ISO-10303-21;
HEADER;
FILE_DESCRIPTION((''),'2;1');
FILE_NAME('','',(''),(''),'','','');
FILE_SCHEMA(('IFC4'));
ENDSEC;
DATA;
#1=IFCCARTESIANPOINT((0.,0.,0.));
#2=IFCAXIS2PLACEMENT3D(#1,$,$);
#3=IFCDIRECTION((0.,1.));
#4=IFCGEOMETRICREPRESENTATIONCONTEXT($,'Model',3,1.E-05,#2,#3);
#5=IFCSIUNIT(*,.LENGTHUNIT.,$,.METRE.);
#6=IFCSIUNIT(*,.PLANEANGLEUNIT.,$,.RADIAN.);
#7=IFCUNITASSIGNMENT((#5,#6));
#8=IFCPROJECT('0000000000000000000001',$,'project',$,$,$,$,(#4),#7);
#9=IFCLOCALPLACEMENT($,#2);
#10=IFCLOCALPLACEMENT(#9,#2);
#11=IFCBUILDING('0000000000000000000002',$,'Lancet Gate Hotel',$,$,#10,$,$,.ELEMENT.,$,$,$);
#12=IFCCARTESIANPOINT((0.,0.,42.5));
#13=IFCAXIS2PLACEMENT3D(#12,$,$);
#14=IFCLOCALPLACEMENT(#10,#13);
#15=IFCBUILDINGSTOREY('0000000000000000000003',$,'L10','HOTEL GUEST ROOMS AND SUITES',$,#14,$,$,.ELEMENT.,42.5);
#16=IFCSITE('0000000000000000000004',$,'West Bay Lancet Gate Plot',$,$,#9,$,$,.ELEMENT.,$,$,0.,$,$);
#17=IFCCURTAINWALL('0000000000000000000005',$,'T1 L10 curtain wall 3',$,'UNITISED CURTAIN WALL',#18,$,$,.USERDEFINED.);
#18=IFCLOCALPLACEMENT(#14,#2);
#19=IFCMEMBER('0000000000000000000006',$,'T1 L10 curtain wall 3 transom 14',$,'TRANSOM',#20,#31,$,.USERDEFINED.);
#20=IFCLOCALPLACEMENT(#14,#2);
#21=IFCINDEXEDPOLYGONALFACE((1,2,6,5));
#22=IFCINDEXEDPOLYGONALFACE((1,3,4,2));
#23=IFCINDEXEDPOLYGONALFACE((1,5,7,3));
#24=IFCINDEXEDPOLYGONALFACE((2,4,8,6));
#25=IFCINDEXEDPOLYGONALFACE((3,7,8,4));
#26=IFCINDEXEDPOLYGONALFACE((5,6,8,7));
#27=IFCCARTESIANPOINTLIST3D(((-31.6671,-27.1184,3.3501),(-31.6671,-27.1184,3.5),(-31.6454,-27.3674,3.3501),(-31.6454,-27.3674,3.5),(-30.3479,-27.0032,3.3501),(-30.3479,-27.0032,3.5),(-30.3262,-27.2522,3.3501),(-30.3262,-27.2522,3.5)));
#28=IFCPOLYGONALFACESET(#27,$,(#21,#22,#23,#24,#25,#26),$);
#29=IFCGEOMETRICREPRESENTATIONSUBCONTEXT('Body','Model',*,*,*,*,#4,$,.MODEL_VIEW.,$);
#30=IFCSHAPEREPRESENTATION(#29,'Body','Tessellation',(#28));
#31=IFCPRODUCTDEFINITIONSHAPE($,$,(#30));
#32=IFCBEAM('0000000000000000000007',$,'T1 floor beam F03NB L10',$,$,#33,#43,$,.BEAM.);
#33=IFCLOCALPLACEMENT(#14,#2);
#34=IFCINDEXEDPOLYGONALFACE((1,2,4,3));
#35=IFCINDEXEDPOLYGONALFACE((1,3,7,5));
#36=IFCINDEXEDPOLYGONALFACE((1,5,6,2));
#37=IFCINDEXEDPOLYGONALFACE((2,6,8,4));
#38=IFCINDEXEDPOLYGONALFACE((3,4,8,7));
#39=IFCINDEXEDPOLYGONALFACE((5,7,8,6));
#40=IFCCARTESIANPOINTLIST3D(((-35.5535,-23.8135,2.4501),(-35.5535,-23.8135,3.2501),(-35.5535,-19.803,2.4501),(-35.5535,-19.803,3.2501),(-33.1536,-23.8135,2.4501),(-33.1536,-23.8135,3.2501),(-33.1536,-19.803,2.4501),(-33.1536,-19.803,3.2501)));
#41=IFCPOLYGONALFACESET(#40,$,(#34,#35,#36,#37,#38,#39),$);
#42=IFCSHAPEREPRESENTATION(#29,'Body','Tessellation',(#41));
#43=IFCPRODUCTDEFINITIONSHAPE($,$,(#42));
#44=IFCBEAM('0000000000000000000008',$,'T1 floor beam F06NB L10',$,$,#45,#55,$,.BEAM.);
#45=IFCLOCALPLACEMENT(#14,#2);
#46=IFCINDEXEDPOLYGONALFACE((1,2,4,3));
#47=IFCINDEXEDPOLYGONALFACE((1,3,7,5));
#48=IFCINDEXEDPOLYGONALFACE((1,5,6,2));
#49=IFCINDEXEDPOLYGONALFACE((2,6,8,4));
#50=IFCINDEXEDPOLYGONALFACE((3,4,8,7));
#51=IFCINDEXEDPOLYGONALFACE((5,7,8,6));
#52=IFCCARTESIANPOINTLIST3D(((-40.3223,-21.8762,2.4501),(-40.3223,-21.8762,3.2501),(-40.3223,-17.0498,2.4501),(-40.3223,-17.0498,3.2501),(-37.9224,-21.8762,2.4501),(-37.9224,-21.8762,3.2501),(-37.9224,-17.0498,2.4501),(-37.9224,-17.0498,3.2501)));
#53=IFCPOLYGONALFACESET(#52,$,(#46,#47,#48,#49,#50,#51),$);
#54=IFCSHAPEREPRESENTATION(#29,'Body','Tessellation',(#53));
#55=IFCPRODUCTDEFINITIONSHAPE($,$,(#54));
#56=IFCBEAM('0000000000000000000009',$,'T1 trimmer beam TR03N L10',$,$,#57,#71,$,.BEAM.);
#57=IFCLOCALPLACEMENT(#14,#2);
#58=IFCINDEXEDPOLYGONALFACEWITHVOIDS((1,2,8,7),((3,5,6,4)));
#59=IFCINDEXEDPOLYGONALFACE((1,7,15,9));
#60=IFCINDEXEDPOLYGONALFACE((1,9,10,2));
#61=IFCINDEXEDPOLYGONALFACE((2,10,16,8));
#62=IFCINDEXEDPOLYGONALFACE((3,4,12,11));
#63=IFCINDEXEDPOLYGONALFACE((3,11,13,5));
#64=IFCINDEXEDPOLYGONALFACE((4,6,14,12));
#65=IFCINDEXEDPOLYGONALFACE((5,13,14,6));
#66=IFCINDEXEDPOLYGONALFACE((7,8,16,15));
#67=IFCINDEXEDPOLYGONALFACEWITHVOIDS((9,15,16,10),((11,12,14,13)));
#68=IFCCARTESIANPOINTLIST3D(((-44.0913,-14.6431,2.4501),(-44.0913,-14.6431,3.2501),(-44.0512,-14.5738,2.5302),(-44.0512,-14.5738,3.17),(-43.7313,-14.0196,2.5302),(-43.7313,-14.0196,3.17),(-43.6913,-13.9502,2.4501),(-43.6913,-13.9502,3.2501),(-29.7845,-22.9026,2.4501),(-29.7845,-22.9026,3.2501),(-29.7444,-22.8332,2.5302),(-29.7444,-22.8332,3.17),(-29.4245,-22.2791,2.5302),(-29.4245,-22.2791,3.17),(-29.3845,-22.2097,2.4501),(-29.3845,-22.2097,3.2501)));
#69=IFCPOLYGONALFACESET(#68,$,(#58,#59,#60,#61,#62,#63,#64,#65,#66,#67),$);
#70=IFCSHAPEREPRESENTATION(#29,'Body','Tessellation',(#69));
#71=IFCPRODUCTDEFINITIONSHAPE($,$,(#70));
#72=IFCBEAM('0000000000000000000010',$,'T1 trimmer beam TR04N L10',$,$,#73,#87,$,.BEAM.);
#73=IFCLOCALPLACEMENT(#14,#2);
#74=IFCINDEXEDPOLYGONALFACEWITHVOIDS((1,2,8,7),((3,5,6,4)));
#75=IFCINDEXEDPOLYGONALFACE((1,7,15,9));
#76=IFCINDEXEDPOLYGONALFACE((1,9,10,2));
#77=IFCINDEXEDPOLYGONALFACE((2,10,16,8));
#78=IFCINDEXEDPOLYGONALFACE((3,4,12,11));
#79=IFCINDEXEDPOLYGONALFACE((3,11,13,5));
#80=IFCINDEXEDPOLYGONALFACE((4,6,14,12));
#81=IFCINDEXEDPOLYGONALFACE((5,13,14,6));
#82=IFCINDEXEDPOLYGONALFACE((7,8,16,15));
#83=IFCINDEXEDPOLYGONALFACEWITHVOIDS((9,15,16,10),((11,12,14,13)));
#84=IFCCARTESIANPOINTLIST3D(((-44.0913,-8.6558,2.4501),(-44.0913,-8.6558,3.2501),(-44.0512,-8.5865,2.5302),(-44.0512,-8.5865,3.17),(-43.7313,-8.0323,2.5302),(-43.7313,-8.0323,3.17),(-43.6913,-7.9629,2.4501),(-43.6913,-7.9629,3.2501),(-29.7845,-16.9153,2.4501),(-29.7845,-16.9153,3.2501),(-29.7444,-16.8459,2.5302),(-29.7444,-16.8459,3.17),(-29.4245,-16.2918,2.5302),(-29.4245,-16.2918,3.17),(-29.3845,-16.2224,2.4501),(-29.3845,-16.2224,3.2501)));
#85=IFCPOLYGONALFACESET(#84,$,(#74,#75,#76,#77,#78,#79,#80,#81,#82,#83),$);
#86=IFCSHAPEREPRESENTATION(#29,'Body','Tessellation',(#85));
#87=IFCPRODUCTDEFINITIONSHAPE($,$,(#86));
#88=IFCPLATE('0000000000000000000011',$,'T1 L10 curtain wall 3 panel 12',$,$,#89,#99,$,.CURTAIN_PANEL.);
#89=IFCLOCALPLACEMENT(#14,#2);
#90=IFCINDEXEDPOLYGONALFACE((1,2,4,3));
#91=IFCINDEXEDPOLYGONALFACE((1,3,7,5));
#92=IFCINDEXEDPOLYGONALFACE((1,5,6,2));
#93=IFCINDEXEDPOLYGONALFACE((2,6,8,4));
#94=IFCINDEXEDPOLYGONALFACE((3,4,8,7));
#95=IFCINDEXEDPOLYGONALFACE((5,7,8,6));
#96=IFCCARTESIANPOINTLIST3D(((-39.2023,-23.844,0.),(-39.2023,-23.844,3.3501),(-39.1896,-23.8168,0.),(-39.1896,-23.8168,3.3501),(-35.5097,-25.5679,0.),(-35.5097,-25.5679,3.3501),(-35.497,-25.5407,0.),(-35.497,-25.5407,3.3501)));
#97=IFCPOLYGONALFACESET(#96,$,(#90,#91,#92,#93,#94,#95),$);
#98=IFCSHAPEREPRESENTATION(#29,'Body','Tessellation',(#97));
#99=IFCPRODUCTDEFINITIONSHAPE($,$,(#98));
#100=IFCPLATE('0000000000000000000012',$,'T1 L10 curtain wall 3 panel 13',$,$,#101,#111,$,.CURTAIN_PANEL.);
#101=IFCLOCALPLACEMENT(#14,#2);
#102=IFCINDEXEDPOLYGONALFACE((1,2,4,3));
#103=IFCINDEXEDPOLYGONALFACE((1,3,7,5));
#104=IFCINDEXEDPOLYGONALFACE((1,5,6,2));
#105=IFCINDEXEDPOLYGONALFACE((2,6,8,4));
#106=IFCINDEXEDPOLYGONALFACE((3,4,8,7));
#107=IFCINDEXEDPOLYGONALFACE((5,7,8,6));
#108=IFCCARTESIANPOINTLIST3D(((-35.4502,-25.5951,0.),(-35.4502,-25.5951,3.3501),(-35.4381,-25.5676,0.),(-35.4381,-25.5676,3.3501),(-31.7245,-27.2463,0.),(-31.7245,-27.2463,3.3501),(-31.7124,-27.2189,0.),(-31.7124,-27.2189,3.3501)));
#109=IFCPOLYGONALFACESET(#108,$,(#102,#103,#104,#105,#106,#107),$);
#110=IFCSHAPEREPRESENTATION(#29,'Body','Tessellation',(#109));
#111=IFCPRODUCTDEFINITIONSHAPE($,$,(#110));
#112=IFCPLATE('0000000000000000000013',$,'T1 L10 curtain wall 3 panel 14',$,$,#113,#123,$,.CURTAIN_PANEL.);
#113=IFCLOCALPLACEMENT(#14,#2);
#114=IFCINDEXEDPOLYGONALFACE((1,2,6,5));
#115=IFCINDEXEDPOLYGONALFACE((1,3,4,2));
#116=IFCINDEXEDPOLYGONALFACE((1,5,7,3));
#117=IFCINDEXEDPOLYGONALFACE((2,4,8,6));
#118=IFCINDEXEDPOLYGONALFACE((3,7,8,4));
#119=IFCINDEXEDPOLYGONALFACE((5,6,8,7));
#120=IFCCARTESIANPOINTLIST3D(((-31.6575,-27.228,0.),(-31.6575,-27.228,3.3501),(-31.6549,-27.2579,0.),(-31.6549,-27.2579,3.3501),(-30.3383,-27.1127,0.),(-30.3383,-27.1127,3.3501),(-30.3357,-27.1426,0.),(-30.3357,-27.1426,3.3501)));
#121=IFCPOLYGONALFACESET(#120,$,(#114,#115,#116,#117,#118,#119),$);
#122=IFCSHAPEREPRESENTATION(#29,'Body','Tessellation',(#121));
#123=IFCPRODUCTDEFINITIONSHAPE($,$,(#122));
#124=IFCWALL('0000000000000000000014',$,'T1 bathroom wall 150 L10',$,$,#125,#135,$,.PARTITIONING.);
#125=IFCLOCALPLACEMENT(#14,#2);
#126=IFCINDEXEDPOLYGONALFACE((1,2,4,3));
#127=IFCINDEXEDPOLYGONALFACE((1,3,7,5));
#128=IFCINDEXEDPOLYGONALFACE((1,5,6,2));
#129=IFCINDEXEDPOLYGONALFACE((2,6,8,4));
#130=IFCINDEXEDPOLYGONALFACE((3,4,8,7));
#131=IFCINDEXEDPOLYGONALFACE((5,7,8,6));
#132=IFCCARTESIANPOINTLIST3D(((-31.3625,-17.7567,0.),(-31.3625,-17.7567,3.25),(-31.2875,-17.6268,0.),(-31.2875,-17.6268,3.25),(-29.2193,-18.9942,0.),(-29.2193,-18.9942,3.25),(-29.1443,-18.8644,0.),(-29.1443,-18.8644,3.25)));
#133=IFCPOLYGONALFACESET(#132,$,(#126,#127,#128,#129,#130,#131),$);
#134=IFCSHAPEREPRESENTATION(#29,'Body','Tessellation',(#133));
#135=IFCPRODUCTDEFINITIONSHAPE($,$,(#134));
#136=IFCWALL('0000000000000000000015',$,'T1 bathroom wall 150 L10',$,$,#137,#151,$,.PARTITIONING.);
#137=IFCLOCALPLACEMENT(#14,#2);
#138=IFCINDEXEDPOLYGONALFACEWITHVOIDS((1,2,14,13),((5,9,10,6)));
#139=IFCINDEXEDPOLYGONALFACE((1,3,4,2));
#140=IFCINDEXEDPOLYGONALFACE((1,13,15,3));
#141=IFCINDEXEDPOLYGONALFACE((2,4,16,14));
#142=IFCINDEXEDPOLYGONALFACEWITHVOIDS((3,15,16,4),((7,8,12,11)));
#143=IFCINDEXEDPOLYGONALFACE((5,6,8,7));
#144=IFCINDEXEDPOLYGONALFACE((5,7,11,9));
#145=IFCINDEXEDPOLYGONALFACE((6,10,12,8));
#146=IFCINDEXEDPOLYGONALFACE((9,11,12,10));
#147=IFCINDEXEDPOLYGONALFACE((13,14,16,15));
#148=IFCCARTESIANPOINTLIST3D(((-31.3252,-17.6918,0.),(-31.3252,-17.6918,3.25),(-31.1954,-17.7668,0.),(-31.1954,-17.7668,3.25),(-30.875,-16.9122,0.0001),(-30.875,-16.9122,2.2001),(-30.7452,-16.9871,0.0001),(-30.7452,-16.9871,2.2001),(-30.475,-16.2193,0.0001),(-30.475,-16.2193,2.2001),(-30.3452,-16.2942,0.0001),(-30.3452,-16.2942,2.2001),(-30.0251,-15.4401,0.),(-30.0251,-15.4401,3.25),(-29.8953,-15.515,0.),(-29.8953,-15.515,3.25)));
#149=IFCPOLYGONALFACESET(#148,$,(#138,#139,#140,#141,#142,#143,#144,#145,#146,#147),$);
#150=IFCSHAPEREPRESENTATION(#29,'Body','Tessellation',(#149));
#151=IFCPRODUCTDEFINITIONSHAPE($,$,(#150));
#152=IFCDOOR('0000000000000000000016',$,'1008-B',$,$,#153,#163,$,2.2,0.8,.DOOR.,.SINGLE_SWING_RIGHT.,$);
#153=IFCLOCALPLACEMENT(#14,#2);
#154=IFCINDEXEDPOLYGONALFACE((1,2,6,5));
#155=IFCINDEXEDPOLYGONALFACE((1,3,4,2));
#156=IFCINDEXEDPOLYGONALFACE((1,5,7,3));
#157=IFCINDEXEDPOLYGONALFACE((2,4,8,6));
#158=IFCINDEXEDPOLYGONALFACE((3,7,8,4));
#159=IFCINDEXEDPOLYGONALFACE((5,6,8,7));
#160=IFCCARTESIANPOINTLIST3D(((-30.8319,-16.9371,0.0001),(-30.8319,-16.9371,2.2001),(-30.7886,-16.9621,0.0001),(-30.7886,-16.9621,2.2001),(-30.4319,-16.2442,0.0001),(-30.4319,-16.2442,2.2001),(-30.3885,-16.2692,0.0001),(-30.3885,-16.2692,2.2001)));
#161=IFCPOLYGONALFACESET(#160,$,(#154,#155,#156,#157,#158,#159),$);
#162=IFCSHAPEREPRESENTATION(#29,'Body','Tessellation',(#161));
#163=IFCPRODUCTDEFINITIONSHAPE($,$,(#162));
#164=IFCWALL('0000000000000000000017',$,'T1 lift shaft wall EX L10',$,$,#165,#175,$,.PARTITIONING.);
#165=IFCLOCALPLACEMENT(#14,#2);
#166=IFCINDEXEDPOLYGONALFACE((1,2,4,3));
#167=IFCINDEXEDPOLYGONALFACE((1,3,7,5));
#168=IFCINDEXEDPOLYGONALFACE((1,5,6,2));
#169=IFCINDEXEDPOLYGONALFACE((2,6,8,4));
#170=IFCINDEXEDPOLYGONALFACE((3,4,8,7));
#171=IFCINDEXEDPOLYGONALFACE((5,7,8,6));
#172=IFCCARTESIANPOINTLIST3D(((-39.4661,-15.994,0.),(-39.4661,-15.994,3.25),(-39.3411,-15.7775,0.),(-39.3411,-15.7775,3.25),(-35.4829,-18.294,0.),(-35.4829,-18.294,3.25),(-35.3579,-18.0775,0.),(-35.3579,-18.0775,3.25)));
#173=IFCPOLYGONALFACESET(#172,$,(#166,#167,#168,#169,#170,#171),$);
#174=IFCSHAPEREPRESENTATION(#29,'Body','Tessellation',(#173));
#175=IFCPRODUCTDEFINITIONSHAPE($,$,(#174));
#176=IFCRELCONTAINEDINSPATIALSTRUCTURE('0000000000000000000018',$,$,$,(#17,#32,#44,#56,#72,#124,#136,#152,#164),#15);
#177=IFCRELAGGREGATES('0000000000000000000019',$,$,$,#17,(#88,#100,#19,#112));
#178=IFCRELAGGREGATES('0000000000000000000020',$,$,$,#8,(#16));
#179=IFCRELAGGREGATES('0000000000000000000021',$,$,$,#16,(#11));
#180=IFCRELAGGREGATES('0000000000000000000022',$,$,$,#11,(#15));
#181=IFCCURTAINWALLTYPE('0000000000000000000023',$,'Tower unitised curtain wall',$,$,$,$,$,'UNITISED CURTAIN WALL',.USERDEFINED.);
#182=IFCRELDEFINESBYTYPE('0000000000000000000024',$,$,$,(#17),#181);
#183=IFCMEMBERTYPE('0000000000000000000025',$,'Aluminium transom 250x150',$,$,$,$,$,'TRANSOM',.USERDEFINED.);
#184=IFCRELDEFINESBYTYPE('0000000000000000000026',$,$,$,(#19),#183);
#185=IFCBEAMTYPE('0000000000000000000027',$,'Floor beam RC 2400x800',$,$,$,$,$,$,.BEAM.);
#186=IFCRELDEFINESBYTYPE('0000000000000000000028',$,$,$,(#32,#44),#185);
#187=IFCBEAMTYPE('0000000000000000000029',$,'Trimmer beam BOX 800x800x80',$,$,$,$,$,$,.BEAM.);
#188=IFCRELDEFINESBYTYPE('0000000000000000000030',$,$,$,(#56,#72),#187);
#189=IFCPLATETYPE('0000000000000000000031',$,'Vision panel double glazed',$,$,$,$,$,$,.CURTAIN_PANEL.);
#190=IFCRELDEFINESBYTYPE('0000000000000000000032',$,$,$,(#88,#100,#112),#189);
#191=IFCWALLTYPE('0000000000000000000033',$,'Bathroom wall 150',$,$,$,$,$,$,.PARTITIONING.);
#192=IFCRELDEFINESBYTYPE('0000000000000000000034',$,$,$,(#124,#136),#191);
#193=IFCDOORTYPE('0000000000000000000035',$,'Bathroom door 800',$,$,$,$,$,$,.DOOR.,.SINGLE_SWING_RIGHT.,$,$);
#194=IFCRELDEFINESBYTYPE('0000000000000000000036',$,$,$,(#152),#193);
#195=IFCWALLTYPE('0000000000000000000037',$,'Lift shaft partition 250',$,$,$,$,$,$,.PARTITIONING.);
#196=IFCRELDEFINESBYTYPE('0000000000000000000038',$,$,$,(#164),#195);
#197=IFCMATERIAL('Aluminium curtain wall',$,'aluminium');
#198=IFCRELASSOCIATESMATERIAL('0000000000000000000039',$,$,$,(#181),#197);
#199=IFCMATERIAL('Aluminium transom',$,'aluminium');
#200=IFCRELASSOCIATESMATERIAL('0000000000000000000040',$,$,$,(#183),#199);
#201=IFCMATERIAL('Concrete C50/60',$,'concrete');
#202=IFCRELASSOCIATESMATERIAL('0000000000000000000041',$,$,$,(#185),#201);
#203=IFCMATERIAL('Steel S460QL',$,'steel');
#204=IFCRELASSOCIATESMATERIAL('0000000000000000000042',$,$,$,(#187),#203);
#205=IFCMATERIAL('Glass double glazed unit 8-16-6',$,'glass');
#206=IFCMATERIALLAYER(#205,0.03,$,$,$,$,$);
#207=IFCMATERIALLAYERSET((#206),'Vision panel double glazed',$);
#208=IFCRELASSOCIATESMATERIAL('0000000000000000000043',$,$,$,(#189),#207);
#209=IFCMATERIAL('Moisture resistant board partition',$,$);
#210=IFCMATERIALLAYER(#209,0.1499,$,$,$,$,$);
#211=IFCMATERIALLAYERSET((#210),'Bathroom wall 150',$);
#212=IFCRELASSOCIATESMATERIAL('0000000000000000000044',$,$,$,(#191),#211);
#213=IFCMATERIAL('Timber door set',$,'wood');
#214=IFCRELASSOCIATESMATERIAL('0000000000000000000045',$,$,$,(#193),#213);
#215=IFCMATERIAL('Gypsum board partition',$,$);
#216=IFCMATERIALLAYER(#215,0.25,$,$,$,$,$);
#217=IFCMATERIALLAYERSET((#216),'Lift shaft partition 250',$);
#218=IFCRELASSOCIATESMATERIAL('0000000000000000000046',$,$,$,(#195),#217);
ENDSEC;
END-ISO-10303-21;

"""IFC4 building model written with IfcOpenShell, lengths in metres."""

from ifc_helpers import new_model, si_unit, direction, frame, frame_2d, origin, origin_2d, place, context, subcontext, project, spatial, rectangle, hollow_rectangle, extrude, material, layer, layer_set, material_profile, profile_set, type_object, element, fill, aggregate, save


model = new_model("IFC4")

# Units and contexts
model_context = context("Model", 3, precision=1e-05, world=origin(), true_north=direction((0.0, 1.0)))
body_context = subcontext(model_context, "Body", "Model", "MODEL_VIEW")
ifc_project = project(units=[si_unit("LENGTHUNIT", "METRE"), si_unit("PLANEANGLEUNIT", "RADIAN")], contexts=[model_context])

# Site, building, storey
site_placement = place(None, origin())
site = spatial("IfcSite", under=ifc_project, at=site_placement, Name="West Bay Lancet Gate Plot", CompositionType="ELEMENT", RefElevation=0.0)
building_placement = place(site_placement, origin())
building = spatial("IfcBuilding", under=site, at=building_placement, Name="Lancet Gate Hotel", CompositionType="ELEMENT")
storey_placement = place(building_placement, frame((0.0, 0.0, 42.5)))
storey = spatial("IfcBuildingStorey", under=building, at=storey_placement, Name="L10", Description="HOTEL GUEST ROOMS AND SUITES", CompositionType="ELEMENT", Elevation=42.5)

# Curtain wall, member
ifc_material_1 = material(Name="Aluminium curtain wall", Category="aluminium")
curtain_wall_type = type_object("IfcCurtainWallType", Name="Tower unitised curtain wall", ElementType="UNITISED CURTAIN WALL", PredefinedType="USERDEFINED", material=ifc_material_1)
curtain_wall_placement = place(storey_placement, origin())
curtain_wall = element("IfcCurtainWall", 1, at=curtain_wall_placement, inside=storey, type_object=curtain_wall_type, Name="T1 L10 curtain wall 3", ObjectType="UNITISED CURTAIN WALL", PredefinedType="USERDEFINED")
ifc_material_2 = material(Name="Aluminium transom", Category="aluminium")
ifc_material_profile_1 = material_profile(ifc_material_2, rectangle(XDim=0.25, YDim=0.1499, at=origin_2d()), Name="TRANSOM 250x150")
ifc_profile_set_1 = profile_set([ifc_material_profile_1], Name="Aluminium transom")
member_type_1 = type_object("IfcMemberType", Name="Aluminium transom 250x150", ElementType="TRANSOM", PredefinedType="USERDEFINED", material=ifc_profile_set_1)
member_1_placement = place(storey_placement, frame((-31.6562, -27.2429, 3.425), z_axis=(0.996206, 0.087027, 0.0), x_axis=(-0.087027, 0.996206, 0.0)))
member_1 = element("IfcMember", 2, at=member_1_placement, type_object=member_type_1, Name="T1 L10 curtain wall 3 transom 14", ObjectType="TRANSOM", PredefinedType="USERDEFINED", context=body_context, shape_type="SweptSolid", body=[
    extrude(rectangle(XDim=0.25, YDim=0.1499, at=origin_2d()), origin(), (0.0, 0.0, 1.0), 1.3242),
])

# Beams
ifc_material_3 = material(Name="Concrete C50/60", Category="concrete")
ifc_material_profile_2 = material_profile(ifc_material_3, rectangle(XDim=2.3999, YDim=0.8, at=origin_2d()), Name="RC 2400x800")
ifc_profile_set_2 = profile_set([ifc_material_profile_2], Name="Concrete C50/60")
beam_type_1 = type_object("IfcBeamType", Name="Floor beam RC 2400x800", PredefinedType="BEAM", material=ifc_profile_set_2)
beam_1_placement = place(storey_placement, frame((-34.3535, -19.803, 2.8501), z_axis=(0.0, -1.0, 0.0), x_axis=(1.0, 0.0, 0.0)))
element("IfcBeam", 3, at=beam_1_placement, inside=storey, type_object=beam_type_1, Name="T1 floor beam F03NB L10", PredefinedType="BEAM", context=body_context, shape_type="SweptSolid", body=[
    extrude(rectangle(XDim=2.3999, YDim=0.8, at=origin_2d()), origin(), (0.0, 0.0, 1.0), 4.0105),
])
beam_2_placement = place(storey_placement, frame((-39.1223, -17.0498, 2.8501), z_axis=(0.0, -1.0, 0.0), x_axis=(1.0, 0.0, 0.0)))
element("IfcBeam", 4, at=beam_2_placement, inside=storey, type_object=beam_type_1, Name="T1 floor beam F06NB L10", PredefinedType="BEAM", context=body_context, shape_type="SweptSolid", body=[
    extrude(rectangle(XDim=2.3999, YDim=0.8, at=origin_2d()), origin(), (0.0, 0.0, 1.0), 4.8264),
])
ifc_material_4 = material(Name="Steel S460QL", Category="steel")
ifc_material_profile_3 = material_profile(ifc_material_4, hollow_rectangle(XDim=0.8, YDim=0.8, WallThickness=0.0801, at=origin_2d()), Name="BOX 800x800x80")
ifc_profile_set_3 = profile_set([ifc_material_profile_3], Name="Steel S460QL")
beam_type_2 = type_object("IfcBeamType", Name="Trimmer beam BOX 800x800x80", PredefinedType="BEAM", material=ifc_profile_set_3)
for number, where, z_axis, x_axis, name in (
    (5, (-29.5845, -22.5562, 2.8501), (-0.86604, 0.499974, 0.0), (-0.499974, -0.86604, 0.0), "T1 trimmer beam TR03N L10"),
    (6, (-29.5845, -16.5688, 2.8501), (-0.86604, 0.499974, 0.0), (-0.499974, -0.86604, 0.0), "T1 trimmer beam TR04N L10"),
):
    element("IfcBeam", number, at=place(storey_placement, frame(where, z_axis=z_axis, x_axis=x_axis)), inside=storey, type_object=beam_type_2, Name=name, PredefinedType="BEAM", context=body_context, shape_type="SweptSolid", body=[
        extrude(hollow_rectangle(XDim=0.8, YDim=0.8, WallThickness=0.0801, at=origin_2d()), origin(), (0.0, 0.0, 1.0), 16.5198),
    ])

# Plates
ifc_material_5 = material(Name="Glass double glazed unit 8-16-6", Category="glass")
ifc_layer_1 = layer(ifc_material_5, 0.03)
ifc_layer_set_1 = layer_set([ifc_layer_1], Name="Vision panel double glazed")
plate_type = type_object("IfcPlateType", Name="Vision panel double glazed", PredefinedType="CURTAIN_PANEL", material=ifc_layer_set_1)
plate_1_placement = place(storey_placement, frame((-37.3496, -24.6924, 0.0), z_axis=(0.0, 0.0, 1.0), x_axis=(0.906118, -0.423026, 0.0)))
plate_1 = element("IfcPlate", 7, at=plate_1_placement, type_object=plate_type, Name="T1 L10 curtain wall 3 panel 12", PredefinedType="CURTAIN_PANEL", context=body_context, shape_type="SweptSolid", body=[
    extrude(rectangle(XDim=4.0752, YDim=0.03, at=origin_2d()), origin(), (0.0, 0.0, 1.0), 3.3501),
])
plate_2_placement = place(storey_placement, frame((-33.5813, -26.407, 0.0), z_axis=(0.0, 0.0, 1.0), x_axis=(0.914234, -0.405186, 0.0)))
plate_2 = element("IfcPlate", 8, at=plate_2_placement, type_object=plate_type, Name="T1 L10 curtain wall 3 panel 13", PredefinedType="CURTAIN_PANEL", context=body_context, shape_type="SweptSolid", body=[
    extrude(rectangle(XDim=4.0752, YDim=0.03, at=origin_2d()), origin(), (0.0, 0.0, 1.0), 3.3501),
])
plate_3_placement = place(storey_placement, frame((-30.9966, -27.1853, 0.0), z_axis=(0.0, 0.0, 1.0), x_axis=(0.996204, 0.087052, 0.0)))
plate_3 = element("IfcPlate", 9, at=plate_3_placement, type_object=plate_type, Name="T1 L10 curtain wall 3 panel 14", PredefinedType="CURTAIN_PANEL", context=body_context, shape_type="SweptSolid", body=[
    extrude(rectangle(XDim=1.3242, YDim=0.03, at=origin_2d()), origin(), (0.0, 0.0, 1.0), 3.3501),
])
aggregate(curtain_wall, [plate_1, plate_2, member_1, plate_3])

# Wall
ifc_material_6 = material(Name="Moisture resistant board partition")
ifc_layer_2 = layer(ifc_material_6, 0.1499)
ifc_layer_set_2 = layer_set([ifc_layer_2], Name="Bathroom wall 150")
wall_type_1 = type_object("IfcWallType", Name="Bathroom wall 150", PredefinedType="PARTITIONING", material=ifc_layer_set_2)
wall_1_placement = place(storey_placement, frame((-29.1819, -18.9292, 0.0), z_axis=(0.0, 0.0, 1.0), x_axis=(-0.866007, 0.500033, 0.0)))
element("IfcWall", 10, at=wall_1_placement, inside=storey, type_object=wall_type_1, Name="T1 bathroom wall 150 L10", PredefinedType="PARTITIONING", context=body_context, shape_type="SweptSolid", body=[
    extrude(rectangle(XDim=2.4749, YDim=0.1499, at=frame_2d((1.2373, 0.0))), origin(), (0.0, 0.0, 1.0), 3.25),
])

# Wall, opening, door
wall_2_placement = place(storey_placement, frame((-29.9602, -15.4775, 0.0), z_axis=(0.0, 0.0, 1.0), x_axis=(-0.500007, -0.866021, 0.0)))
wall_2 = element("IfcWall", 11, at=wall_2_placement, inside=storey, type_object=wall_type_1, Name="T1 bathroom wall 150 L10", PredefinedType="PARTITIONING", context=body_context, shape_type="SweptSolid", body=[
    extrude(rectangle(XDim=2.6001, YDim=0.1499, at=frame_2d((1.3, 0.0))), origin(), (0.0, 0.0, 1.0), 3.25),
])
opening_placement = place(wall_2_placement, frame((0.8999, 0.0, 0.0)))
opening = element("IfcOpeningElement", 12, at=opening_placement, cuts=wall_2, PredefinedType="OPENING", context=body_context, shape_type="SweptSolid", body=[
    extrude(rectangle(XDim=0.8, YDim=2.2, at=frame_2d((0.3999, 1.1001))), frame((0.0, 0.085, 0.0), z_axis=(0.0, -1.0, 0.0), x_axis=(1.0, 0.0, 0.0)), (0.0, 0.0, 1.0), 0.1699),
])
ifc_material_7 = material(Name="Timber door set", Category="wood")
door_type = type_object("IfcDoorType", Name="Bathroom door 800", OperationType="SINGLE_SWING_RIGHT", PredefinedType="DOOR", material=ifc_material_7)
door_placement = place(opening_placement, origin())
door = element("IfcDoor", 13, at=door_placement, inside=storey, type_object=door_type, Name="1008-B", OperationType="SINGLE_SWING_RIGHT", OverallHeight=2.2, OverallWidth=0.8, PredefinedType="DOOR", context=body_context, shape_type="SweptSolid", body=[
    extrude(rectangle(XDim=0.8, YDim=2.2, at=frame_2d((0.3999, 1.1001))), frame((0.0, 0.0249, 0.0), z_axis=(0.0, -1.0, 0.0), x_axis=(1.0, 0.0, 0.0)), (0.0, 0.0, 1.0), 0.05),
])
fill(opening, door)

# Wall
ifc_material_8 = material(Name="Gypsum board partition")
ifc_layer_3 = layer(ifc_material_8, 0.25)
ifc_layer_set_3 = layer_set([ifc_layer_3], Name="Lift shaft partition 250")
wall_type_2 = type_object("IfcWallType", Name="Lift shaft partition 250", PredefinedType="PARTITIONING", material=ifc_layer_set_3)
wall_3_placement = place(storey_placement, frame((-35.4204, -18.1858, 0.0), z_axis=(0.0, 0.0, 1.0), x_axis=(-0.86599, 0.500061, 0.0)))
element("IfcWall", 14, at=wall_3_placement, inside=storey, type_object=wall_type_2, Name="T1 lift shaft wall EX L10", PredefinedType="PARTITIONING", context=body_context, shape_type="SweptSolid", body=[
    extrude(rectangle(XDim=4.5996, YDim=0.25, at=frame_2d((2.2998, 0.0))), origin(), (0.0, 0.0, 1.0), 3.25),
])

save(model, "model.ifc")
